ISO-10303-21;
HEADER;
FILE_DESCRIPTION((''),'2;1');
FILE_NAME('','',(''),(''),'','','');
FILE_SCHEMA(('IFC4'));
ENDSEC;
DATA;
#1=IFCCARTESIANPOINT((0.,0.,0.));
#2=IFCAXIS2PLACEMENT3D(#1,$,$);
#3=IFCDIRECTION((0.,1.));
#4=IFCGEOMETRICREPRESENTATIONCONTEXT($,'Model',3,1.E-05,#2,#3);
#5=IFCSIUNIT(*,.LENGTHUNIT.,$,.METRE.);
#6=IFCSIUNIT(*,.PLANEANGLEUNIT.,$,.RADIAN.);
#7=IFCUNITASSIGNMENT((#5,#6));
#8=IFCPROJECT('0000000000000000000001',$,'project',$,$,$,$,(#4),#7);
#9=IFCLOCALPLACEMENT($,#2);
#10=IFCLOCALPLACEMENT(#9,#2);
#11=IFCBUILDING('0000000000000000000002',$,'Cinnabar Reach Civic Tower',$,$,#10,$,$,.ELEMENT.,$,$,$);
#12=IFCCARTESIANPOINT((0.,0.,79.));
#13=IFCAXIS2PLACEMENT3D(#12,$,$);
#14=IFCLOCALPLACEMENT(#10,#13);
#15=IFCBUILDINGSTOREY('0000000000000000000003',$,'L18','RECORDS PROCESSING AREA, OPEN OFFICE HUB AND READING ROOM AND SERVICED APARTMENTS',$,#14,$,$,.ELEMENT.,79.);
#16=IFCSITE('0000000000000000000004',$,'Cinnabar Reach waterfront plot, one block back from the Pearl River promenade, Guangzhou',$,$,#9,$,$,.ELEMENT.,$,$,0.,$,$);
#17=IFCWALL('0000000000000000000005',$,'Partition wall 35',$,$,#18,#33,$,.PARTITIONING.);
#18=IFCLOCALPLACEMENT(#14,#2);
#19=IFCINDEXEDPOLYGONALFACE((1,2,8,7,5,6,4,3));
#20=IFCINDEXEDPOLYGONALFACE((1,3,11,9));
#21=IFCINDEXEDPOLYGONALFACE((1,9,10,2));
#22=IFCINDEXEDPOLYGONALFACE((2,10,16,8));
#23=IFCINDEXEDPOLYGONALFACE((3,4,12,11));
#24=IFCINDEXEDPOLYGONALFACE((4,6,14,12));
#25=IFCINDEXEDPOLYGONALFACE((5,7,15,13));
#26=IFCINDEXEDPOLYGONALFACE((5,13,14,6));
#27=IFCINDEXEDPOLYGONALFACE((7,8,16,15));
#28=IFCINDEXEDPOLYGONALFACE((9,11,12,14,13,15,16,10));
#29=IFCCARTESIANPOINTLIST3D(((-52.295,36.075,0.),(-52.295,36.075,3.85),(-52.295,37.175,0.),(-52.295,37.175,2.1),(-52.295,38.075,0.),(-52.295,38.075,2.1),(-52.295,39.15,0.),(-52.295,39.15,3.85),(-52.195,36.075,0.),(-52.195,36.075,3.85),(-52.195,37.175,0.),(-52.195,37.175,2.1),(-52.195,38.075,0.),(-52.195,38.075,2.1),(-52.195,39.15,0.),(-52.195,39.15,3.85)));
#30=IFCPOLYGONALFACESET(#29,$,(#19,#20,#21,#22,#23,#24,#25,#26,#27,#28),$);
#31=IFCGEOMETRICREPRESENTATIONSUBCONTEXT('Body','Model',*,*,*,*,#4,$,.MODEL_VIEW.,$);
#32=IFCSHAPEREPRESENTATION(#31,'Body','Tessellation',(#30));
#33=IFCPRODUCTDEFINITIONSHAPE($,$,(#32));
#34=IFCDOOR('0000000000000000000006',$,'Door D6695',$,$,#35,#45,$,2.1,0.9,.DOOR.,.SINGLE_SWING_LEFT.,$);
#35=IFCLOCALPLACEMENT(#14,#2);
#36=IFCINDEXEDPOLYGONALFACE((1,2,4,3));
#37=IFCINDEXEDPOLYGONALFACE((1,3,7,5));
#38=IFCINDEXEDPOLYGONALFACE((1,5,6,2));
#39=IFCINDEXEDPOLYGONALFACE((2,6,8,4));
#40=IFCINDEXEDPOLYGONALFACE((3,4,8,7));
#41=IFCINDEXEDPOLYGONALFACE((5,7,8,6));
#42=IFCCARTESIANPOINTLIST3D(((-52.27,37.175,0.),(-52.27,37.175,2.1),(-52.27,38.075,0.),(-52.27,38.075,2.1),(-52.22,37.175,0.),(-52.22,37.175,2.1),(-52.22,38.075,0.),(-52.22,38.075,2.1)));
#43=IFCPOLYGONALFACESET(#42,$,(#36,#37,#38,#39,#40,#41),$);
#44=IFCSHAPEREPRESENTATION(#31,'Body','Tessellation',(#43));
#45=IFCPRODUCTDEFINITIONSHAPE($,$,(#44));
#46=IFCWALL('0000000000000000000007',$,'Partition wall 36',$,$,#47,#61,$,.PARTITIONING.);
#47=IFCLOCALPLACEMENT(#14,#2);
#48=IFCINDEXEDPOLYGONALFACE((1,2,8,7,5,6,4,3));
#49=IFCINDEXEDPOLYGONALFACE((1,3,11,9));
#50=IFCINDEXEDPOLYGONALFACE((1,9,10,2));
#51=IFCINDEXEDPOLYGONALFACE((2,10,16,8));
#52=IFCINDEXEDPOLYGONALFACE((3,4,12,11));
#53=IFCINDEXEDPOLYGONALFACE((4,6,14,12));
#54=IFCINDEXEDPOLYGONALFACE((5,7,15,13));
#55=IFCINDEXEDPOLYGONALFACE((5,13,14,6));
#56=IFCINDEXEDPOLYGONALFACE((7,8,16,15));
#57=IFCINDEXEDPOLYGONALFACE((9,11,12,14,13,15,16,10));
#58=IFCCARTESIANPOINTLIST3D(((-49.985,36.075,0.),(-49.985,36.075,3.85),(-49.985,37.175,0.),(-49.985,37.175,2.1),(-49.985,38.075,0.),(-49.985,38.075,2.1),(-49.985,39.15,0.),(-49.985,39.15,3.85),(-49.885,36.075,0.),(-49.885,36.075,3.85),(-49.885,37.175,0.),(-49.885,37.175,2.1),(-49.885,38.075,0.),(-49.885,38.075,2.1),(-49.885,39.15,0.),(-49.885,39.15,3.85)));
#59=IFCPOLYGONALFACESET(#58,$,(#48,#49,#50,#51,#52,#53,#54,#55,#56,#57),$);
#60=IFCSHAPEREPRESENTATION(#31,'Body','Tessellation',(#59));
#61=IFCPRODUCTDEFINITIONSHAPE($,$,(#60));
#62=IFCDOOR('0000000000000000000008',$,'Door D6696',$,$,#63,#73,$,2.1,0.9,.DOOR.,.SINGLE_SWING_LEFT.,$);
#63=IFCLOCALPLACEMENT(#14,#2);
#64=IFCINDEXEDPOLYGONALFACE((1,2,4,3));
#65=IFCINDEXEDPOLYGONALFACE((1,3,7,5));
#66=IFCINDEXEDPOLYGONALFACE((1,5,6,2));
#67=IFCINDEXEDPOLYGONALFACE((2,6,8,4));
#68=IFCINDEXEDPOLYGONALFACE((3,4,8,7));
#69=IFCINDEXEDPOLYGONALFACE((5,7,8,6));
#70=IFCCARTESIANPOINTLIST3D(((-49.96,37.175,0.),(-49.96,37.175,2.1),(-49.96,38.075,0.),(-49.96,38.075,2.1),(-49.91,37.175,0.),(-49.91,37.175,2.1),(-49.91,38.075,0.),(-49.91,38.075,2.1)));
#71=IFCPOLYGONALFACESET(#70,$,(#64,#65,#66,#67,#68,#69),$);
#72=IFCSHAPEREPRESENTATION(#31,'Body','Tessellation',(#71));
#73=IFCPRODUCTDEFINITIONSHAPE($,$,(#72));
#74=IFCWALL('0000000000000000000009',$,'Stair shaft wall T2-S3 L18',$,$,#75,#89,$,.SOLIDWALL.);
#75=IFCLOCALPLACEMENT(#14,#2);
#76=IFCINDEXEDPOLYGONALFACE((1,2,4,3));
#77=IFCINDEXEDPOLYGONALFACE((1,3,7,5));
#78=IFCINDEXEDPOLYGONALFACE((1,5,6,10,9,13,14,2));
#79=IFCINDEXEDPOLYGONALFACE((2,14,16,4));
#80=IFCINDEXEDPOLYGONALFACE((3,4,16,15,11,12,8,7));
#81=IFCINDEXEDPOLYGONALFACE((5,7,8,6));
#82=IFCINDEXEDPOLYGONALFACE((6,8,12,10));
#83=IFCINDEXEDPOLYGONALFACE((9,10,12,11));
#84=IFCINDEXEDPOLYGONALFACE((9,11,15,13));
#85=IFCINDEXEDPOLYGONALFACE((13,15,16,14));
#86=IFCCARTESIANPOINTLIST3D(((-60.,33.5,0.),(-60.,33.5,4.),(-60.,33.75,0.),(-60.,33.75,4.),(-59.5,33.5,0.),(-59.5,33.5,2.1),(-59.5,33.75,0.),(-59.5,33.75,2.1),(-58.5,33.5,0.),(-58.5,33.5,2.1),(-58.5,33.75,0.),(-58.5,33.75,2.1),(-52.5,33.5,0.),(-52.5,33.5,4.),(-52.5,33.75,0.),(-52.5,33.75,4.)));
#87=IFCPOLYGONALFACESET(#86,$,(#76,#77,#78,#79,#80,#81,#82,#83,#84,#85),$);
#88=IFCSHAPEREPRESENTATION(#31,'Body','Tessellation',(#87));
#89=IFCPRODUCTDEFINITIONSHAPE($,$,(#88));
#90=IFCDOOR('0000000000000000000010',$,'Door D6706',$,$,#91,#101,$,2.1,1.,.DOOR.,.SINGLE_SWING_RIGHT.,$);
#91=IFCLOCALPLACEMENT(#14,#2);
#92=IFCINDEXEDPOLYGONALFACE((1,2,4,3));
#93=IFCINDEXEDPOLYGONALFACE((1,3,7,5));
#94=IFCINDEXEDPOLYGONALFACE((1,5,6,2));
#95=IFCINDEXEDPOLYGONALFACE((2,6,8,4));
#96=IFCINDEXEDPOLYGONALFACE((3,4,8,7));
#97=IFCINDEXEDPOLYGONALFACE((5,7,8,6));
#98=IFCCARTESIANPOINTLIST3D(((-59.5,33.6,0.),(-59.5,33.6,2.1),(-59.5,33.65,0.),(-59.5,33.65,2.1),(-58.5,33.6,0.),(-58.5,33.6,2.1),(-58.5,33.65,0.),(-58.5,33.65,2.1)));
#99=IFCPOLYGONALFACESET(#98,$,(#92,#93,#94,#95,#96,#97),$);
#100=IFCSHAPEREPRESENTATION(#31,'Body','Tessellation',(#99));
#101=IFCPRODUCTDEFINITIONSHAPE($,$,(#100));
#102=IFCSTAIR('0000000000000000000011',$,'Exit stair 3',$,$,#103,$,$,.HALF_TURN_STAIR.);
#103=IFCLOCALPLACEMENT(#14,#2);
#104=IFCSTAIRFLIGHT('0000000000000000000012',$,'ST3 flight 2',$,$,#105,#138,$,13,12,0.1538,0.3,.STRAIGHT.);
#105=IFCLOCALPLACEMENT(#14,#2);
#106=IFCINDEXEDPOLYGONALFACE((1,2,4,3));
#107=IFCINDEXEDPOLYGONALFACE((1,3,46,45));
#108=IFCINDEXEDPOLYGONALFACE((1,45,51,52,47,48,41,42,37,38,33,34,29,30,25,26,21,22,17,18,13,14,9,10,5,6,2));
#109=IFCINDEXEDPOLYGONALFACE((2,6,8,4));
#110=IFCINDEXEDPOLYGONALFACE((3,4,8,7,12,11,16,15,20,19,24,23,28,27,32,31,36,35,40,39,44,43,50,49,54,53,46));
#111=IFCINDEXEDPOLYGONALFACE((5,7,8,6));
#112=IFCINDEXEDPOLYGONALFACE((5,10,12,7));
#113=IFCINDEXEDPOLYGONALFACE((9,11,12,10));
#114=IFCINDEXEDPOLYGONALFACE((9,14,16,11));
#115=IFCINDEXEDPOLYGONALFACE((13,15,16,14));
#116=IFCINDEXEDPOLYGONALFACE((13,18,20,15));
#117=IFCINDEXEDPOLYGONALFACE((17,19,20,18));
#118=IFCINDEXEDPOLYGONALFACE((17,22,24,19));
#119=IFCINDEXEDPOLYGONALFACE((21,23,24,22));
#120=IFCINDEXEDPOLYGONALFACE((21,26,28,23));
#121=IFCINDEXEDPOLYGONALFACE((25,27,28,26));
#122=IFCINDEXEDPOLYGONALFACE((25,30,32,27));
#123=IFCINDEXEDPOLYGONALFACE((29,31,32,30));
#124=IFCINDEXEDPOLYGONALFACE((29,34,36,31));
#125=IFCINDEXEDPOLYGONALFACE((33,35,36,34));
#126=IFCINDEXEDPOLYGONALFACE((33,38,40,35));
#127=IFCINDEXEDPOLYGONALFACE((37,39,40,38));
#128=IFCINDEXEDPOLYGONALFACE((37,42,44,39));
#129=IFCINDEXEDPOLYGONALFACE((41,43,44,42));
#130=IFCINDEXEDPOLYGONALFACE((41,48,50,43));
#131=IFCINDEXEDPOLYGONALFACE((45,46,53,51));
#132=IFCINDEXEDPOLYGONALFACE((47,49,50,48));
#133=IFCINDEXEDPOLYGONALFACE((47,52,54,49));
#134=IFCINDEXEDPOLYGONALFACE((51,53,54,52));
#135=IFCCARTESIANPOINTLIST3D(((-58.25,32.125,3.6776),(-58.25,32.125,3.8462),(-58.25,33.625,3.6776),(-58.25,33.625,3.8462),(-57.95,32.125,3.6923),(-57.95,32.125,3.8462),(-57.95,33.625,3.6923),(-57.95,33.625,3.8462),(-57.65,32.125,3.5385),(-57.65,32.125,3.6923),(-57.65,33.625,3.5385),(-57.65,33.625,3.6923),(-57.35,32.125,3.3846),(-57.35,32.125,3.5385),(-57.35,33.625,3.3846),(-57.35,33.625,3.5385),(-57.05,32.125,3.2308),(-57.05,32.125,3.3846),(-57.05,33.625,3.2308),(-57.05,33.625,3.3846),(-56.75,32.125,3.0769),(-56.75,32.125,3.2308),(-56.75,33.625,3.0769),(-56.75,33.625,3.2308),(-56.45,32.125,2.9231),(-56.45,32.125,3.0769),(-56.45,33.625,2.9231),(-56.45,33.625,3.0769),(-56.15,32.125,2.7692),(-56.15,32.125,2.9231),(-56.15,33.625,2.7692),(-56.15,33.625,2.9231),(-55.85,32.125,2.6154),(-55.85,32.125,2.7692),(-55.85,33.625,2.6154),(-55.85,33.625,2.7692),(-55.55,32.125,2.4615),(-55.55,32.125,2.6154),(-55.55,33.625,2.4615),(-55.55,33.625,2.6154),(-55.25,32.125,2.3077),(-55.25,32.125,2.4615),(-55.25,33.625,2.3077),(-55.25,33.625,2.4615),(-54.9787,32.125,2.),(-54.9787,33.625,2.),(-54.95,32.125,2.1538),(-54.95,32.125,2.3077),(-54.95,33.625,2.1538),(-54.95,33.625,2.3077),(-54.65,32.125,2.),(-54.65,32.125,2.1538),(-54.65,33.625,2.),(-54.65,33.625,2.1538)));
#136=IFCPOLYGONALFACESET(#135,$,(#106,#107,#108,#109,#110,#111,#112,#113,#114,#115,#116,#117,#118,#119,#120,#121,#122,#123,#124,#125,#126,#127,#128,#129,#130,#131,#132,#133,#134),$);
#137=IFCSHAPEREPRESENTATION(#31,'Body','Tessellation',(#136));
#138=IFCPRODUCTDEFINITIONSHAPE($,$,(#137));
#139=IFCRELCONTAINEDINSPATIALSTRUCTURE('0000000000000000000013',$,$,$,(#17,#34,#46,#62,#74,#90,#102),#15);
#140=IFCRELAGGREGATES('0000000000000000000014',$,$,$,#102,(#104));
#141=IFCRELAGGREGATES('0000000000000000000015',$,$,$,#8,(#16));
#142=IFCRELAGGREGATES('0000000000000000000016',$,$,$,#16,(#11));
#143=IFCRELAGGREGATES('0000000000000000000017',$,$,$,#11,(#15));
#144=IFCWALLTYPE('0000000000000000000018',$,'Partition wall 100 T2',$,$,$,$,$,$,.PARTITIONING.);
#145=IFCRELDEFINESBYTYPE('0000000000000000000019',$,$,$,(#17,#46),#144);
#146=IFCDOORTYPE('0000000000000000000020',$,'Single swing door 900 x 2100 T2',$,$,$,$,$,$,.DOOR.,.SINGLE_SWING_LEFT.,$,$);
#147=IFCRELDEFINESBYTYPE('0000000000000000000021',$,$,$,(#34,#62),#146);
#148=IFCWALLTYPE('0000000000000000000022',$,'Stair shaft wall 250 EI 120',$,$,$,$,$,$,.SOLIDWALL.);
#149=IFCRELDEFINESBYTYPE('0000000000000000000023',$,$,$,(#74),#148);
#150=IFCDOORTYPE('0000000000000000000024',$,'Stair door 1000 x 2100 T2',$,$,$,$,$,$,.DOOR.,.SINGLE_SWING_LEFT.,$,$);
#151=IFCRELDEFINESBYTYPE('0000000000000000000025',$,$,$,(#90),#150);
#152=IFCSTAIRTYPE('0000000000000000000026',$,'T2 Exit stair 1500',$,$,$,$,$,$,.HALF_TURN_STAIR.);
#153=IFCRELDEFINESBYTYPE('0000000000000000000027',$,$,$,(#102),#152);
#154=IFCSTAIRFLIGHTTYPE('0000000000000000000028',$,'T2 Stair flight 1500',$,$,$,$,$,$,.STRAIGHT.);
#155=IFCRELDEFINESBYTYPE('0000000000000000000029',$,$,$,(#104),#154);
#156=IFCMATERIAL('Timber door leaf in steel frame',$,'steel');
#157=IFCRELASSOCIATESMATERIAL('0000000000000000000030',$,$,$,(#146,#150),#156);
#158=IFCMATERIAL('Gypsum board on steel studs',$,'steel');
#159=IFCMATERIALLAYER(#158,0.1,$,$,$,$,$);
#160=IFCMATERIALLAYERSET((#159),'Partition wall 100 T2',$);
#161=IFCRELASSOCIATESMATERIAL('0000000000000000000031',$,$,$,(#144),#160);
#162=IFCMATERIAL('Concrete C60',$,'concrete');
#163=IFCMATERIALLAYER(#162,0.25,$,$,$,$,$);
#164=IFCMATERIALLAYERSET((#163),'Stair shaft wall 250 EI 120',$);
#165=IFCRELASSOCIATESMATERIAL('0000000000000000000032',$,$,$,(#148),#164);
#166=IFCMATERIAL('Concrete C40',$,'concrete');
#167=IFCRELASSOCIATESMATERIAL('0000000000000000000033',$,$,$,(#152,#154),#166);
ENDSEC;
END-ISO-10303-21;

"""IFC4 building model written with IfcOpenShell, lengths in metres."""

from ifc_helpers import new_model, si_unit, direction, frame, frame_2d, origin, place, context, subcontext, project, spatial, polyline, rectangle, outline, extrude, material, layer, layer_set, type_object, element, fill, aggregate, save


model = new_model("IFC4")

# Units and contexts
model_context = context("Model", 3, precision=1e-05, world=origin(), true_north=direction((0.0, 1.0)))
body_context = subcontext(model_context, "Body", "Model", "MODEL_VIEW")
ifc_project = project(units=[si_unit("LENGTHUNIT", "METRE"), si_unit("PLANEANGLEUNIT", "RADIAN")], contexts=[model_context])

# Site, building, storey
site_placement = place(None, origin())
site = spatial("IfcSite", under=ifc_project, at=site_placement, Name="Cinnabar Reach waterfront plot, one block back from the Pearl River promenade, Guangzhou", CompositionType="ELEMENT", RefElevation=0.0)
building_placement = place(site_placement, origin())
building = spatial("IfcBuilding", under=site, at=building_placement, Name="Cinnabar Reach Civic Tower", CompositionType="ELEMENT")
storey_placement = place(building_placement, frame((0.0, 0.0, 79.0)))
storey = spatial("IfcBuildingStorey", under=building, at=storey_placement, Name="L18", Description="RECORDS PROCESSING AREA, OPEN OFFICE HUB AND READING ROOM AND SERVICED APARTMENTS", CompositionType="ELEMENT", Elevation=79.0)

# Shared definitions
ifc_material_1 = material(Name="Concrete C60", Category="concrete")

# Shared definitions
ifc_material_2 = material(Name="Timber door leaf in steel frame", Category="steel")
door_type_1 = type_object("IfcDoorType", Name="Single swing door 900 x 2100 T2", OperationType="SINGLE_SWING_LEFT", PredefinedType="DOOR", material=ifc_material_2)

# Walls, openings, doors
ifc_material_3 = material(Name="Gypsum board on steel studs", Category="steel")
ifc_layer_1 = layer(ifc_material_3, 0.1)
ifc_layer_set_1 = layer_set([ifc_layer_1], Name="Partition wall 100 T2")
wall_type_1 = type_object("IfcWallType", Name="Partition wall 100 T2", PredefinedType="PARTITIONING", material=ifc_layer_set_1)
wall_1_placement = place(storey_placement, frame((-52.245, 36.075, 0.0), z_axis=(0.0, 0.0, 1.0), x_axis=(0.0, 1.0, 0.0)))
wall_1 = element("IfcWall", 1, at=wall_1_placement, inside=storey, type_object=wall_type_1, Name="Partition wall 35", PredefinedType="PARTITIONING", context=body_context, shape_type="SweptSolid", body=[
    extrude(rectangle(XDim=3.075, YDim=0.1, at=frame_2d((1.5375, 0.0))), origin(), (0.0, 0.0, 1.0), 3.85),
])
opening_1_placement = place(wall_1_placement, frame((1.1, 0.0, 0.0)))
opening_1 = element("IfcOpeningElement", 2, at=opening_1_placement, cuts=wall_1, PredefinedType="OPENING", context=body_context, shape_type="SweptSolid", body=[
    extrude(rectangle(XDim=0.9, YDim=2.1, at=frame_2d((0.45, 1.05))), frame((0.0, 0.06, 0.0), z_axis=(0.0, -1.0, 0.0), x_axis=(1.0, 0.0, 0.0)), (0.0, 0.0, 1.0), 0.12),
])
door_1_placement = place(opening_1_placement, origin())
door_1 = element("IfcDoor", 3, at=door_1_placement, inside=storey, type_object=door_type_1, Name="Door D6695", OperationType="SINGLE_SWING_LEFT", OverallHeight=2.1, OverallWidth=0.9, PredefinedType="DOOR", context=body_context, shape_type="SweptSolid", body=[
    extrude(rectangle(XDim=0.9, YDim=2.1, at=frame_2d((0.45, 1.05))), frame((0.0, 0.025, 0.0), z_axis=(0.0, -1.0, 0.0), x_axis=(1.0, 0.0, 0.0)), (0.0, 0.0, 1.0), 0.05),
])
fill(opening_1, door_1)
wall_2_placement = place(storey_placement, frame((-49.935, 36.075, 0.0), z_axis=(0.0, 0.0, 1.0), x_axis=(0.0, 1.0, 0.0)))
wall_2 = element("IfcWall", 4, at=wall_2_placement, inside=storey, type_object=wall_type_1, Name="Partition wall 36", PredefinedType="PARTITIONING", context=body_context, shape_type="SweptSolid", body=[
    extrude(rectangle(XDim=3.075, YDim=0.1, at=frame_2d((1.5375, 0.0))), origin(), (0.0, 0.0, 1.0), 3.85),
])
opening_2_placement = place(wall_2_placement, frame((1.1, 0.0, 0.0)))
opening_2 = element("IfcOpeningElement", 5, at=opening_2_placement, cuts=wall_2, PredefinedType="OPENING", context=body_context, shape_type="SweptSolid", body=[
    extrude(rectangle(XDim=0.9, YDim=2.1, at=frame_2d((0.45, 1.05))), frame((0.0, 0.06, 0.0), z_axis=(0.0, -1.0, 0.0), x_axis=(1.0, 0.0, 0.0)), (0.0, 0.0, 1.0), 0.12),
])
door_2_placement = place(opening_2_placement, origin())
door_2 = element("IfcDoor", 6, at=door_2_placement, inside=storey, type_object=door_type_1, Name="Door D6696", OperationType="SINGLE_SWING_LEFT", OverallHeight=2.1, OverallWidth=0.9, PredefinedType="DOOR", context=body_context, shape_type="SweptSolid", body=[
    extrude(rectangle(XDim=0.9, YDim=2.1, at=frame_2d((0.45, 1.05))), frame((0.0, 0.025, 0.0), z_axis=(0.0, -1.0, 0.0), x_axis=(1.0, 0.0, 0.0)), (0.0, 0.0, 1.0), 0.05),
])
fill(opening_2, door_2)
ifc_layer_2 = layer(ifc_material_1, 0.25)
ifc_layer_set_2 = layer_set([ifc_layer_2], Name="Stair shaft wall 250 EI 120")
wall_type_2 = type_object("IfcWallType", Name="Stair shaft wall 250 EI 120", PredefinedType="SOLIDWALL", material=ifc_layer_set_2)
wall_3_placement = place(storey_placement, frame((-52.5, 33.625, 0.0), z_axis=(0.0, 0.0, 1.0), x_axis=(-1.0, 0.0, 0.0)))
wall_3 = element("IfcWall", 7, at=wall_3_placement, inside=storey, type_object=wall_type_2, Name="Stair shaft wall T2-S3 L18", PredefinedType="SOLIDWALL", context=body_context, shape_type="SweptSolid", body=[
    extrude(rectangle(XDim=7.5, YDim=0.25, at=frame_2d((3.75, 0.0))), origin(), (0.0, 0.0, 1.0), 4.0),
])
opening_3_placement = place(wall_3_placement, frame((6.0, 0.0, 0.0)))
opening_3 = element("IfcOpeningElement", 8, at=opening_3_placement, cuts=wall_3, PredefinedType="OPENING", context=body_context, shape_type="SweptSolid", body=[
    extrude(rectangle(XDim=1.0, YDim=2.1, at=frame_2d((0.5, 1.05))), frame((0.0, 0.135, 0.0), z_axis=(0.0, -1.0, 0.0), x_axis=(1.0, 0.0, 0.0)), (0.0, 0.0, 1.0), 0.27),
])
door_type_2 = type_object("IfcDoorType", Name="Stair door 1000 x 2100 T2", OperationType="SINGLE_SWING_LEFT", PredefinedType="DOOR", material=ifc_material_2)
door_3_placement = place(opening_3_placement, origin())
door_3 = element("IfcDoor", 9, at=door_3_placement, inside=storey, type_object=door_type_2, Name="Door D6706", OperationType="SINGLE_SWING_RIGHT", OverallHeight=2.1, OverallWidth=1.0, PredefinedType="DOOR", context=body_context, shape_type="SweptSolid", body=[
    extrude(rectangle(XDim=1.0, YDim=2.1, at=frame_2d((0.5, 1.05))), frame((0.0, 0.025, 0.0), z_axis=(0.0, -1.0, 0.0), x_axis=(1.0, 0.0, 0.0)), (0.0, 0.0, 1.0), 0.05),
])
fill(opening_3, door_3)

# Stair, stair flight
ifc_material_4 = material(Name="Concrete C40", Category="concrete")
stair_type = type_object("IfcStairType", Name="T2 Exit stair 1500", PredefinedType="HALF_TURN_STAIR", material=ifc_material_4)
stair_placement = place(storey_placement, origin())
stair = element("IfcStair", 10, at=stair_placement, inside=storey, type_object=stair_type, Name="Exit stair 3", PredefinedType="HALF_TURN_STAIR")
stair_flight_type = type_object("IfcStairFlightType", Name="T2 Stair flight 1500", PredefinedType="STRAIGHT", material=ifc_material_4)
stair_flight_placement = place(storey_placement, frame((-54.65, 32.875, 2.0), z_axis=(0.0, 0.0, 1.0), x_axis=(-1.0, 0.0, 0.0)))
stair_flight = element("IfcStairFlight", 11, at=stair_flight_placement, type_object=stair_flight_type, Name="ST3 flight 2", NumberOfRisers=13, NumberOfTreads=12, PredefinedType="STRAIGHT", RiserHeight=0.1538, TreadLength=0.3, context=body_context, shape_type="SweptSolid", body=[
    extrude(outline(polyline([(0.0, 0.0), (0.0, 0.1538), (0.3, 0.1538), (0.3, 0.3077), (0.6, 0.3077), (0.6, 0.4615), (0.9, 0.4615), (0.9, 0.6154), (1.2, 0.6154), (1.2, 0.7692), (1.5, 0.7692), (1.5, 0.9231), (1.8, 0.9231), (1.8, 1.0769), (2.1, 1.0769), (2.1, 1.2308), (2.4, 1.2308), (2.4, 1.3846), (2.7, 1.3846), (2.7, 1.5385), (3.0, 1.5385), (3.0, 1.6923), (3.3, 1.6923), (3.3, 1.8462), (3.6, 1.8462), (3.6, 2.0), (3.6, 1.6776), (0.3287, 0.0), (0.0, 0.0)])), frame((0.0, 0.75, 0.0), z_axis=(0.0, -1.0, 0.0), x_axis=(1.0, 0.0, 0.0)), (0.0, 0.0, 1.0), 1.5),
])
aggregate(stair, [stair_flight])

save(model, "model.ifc")
